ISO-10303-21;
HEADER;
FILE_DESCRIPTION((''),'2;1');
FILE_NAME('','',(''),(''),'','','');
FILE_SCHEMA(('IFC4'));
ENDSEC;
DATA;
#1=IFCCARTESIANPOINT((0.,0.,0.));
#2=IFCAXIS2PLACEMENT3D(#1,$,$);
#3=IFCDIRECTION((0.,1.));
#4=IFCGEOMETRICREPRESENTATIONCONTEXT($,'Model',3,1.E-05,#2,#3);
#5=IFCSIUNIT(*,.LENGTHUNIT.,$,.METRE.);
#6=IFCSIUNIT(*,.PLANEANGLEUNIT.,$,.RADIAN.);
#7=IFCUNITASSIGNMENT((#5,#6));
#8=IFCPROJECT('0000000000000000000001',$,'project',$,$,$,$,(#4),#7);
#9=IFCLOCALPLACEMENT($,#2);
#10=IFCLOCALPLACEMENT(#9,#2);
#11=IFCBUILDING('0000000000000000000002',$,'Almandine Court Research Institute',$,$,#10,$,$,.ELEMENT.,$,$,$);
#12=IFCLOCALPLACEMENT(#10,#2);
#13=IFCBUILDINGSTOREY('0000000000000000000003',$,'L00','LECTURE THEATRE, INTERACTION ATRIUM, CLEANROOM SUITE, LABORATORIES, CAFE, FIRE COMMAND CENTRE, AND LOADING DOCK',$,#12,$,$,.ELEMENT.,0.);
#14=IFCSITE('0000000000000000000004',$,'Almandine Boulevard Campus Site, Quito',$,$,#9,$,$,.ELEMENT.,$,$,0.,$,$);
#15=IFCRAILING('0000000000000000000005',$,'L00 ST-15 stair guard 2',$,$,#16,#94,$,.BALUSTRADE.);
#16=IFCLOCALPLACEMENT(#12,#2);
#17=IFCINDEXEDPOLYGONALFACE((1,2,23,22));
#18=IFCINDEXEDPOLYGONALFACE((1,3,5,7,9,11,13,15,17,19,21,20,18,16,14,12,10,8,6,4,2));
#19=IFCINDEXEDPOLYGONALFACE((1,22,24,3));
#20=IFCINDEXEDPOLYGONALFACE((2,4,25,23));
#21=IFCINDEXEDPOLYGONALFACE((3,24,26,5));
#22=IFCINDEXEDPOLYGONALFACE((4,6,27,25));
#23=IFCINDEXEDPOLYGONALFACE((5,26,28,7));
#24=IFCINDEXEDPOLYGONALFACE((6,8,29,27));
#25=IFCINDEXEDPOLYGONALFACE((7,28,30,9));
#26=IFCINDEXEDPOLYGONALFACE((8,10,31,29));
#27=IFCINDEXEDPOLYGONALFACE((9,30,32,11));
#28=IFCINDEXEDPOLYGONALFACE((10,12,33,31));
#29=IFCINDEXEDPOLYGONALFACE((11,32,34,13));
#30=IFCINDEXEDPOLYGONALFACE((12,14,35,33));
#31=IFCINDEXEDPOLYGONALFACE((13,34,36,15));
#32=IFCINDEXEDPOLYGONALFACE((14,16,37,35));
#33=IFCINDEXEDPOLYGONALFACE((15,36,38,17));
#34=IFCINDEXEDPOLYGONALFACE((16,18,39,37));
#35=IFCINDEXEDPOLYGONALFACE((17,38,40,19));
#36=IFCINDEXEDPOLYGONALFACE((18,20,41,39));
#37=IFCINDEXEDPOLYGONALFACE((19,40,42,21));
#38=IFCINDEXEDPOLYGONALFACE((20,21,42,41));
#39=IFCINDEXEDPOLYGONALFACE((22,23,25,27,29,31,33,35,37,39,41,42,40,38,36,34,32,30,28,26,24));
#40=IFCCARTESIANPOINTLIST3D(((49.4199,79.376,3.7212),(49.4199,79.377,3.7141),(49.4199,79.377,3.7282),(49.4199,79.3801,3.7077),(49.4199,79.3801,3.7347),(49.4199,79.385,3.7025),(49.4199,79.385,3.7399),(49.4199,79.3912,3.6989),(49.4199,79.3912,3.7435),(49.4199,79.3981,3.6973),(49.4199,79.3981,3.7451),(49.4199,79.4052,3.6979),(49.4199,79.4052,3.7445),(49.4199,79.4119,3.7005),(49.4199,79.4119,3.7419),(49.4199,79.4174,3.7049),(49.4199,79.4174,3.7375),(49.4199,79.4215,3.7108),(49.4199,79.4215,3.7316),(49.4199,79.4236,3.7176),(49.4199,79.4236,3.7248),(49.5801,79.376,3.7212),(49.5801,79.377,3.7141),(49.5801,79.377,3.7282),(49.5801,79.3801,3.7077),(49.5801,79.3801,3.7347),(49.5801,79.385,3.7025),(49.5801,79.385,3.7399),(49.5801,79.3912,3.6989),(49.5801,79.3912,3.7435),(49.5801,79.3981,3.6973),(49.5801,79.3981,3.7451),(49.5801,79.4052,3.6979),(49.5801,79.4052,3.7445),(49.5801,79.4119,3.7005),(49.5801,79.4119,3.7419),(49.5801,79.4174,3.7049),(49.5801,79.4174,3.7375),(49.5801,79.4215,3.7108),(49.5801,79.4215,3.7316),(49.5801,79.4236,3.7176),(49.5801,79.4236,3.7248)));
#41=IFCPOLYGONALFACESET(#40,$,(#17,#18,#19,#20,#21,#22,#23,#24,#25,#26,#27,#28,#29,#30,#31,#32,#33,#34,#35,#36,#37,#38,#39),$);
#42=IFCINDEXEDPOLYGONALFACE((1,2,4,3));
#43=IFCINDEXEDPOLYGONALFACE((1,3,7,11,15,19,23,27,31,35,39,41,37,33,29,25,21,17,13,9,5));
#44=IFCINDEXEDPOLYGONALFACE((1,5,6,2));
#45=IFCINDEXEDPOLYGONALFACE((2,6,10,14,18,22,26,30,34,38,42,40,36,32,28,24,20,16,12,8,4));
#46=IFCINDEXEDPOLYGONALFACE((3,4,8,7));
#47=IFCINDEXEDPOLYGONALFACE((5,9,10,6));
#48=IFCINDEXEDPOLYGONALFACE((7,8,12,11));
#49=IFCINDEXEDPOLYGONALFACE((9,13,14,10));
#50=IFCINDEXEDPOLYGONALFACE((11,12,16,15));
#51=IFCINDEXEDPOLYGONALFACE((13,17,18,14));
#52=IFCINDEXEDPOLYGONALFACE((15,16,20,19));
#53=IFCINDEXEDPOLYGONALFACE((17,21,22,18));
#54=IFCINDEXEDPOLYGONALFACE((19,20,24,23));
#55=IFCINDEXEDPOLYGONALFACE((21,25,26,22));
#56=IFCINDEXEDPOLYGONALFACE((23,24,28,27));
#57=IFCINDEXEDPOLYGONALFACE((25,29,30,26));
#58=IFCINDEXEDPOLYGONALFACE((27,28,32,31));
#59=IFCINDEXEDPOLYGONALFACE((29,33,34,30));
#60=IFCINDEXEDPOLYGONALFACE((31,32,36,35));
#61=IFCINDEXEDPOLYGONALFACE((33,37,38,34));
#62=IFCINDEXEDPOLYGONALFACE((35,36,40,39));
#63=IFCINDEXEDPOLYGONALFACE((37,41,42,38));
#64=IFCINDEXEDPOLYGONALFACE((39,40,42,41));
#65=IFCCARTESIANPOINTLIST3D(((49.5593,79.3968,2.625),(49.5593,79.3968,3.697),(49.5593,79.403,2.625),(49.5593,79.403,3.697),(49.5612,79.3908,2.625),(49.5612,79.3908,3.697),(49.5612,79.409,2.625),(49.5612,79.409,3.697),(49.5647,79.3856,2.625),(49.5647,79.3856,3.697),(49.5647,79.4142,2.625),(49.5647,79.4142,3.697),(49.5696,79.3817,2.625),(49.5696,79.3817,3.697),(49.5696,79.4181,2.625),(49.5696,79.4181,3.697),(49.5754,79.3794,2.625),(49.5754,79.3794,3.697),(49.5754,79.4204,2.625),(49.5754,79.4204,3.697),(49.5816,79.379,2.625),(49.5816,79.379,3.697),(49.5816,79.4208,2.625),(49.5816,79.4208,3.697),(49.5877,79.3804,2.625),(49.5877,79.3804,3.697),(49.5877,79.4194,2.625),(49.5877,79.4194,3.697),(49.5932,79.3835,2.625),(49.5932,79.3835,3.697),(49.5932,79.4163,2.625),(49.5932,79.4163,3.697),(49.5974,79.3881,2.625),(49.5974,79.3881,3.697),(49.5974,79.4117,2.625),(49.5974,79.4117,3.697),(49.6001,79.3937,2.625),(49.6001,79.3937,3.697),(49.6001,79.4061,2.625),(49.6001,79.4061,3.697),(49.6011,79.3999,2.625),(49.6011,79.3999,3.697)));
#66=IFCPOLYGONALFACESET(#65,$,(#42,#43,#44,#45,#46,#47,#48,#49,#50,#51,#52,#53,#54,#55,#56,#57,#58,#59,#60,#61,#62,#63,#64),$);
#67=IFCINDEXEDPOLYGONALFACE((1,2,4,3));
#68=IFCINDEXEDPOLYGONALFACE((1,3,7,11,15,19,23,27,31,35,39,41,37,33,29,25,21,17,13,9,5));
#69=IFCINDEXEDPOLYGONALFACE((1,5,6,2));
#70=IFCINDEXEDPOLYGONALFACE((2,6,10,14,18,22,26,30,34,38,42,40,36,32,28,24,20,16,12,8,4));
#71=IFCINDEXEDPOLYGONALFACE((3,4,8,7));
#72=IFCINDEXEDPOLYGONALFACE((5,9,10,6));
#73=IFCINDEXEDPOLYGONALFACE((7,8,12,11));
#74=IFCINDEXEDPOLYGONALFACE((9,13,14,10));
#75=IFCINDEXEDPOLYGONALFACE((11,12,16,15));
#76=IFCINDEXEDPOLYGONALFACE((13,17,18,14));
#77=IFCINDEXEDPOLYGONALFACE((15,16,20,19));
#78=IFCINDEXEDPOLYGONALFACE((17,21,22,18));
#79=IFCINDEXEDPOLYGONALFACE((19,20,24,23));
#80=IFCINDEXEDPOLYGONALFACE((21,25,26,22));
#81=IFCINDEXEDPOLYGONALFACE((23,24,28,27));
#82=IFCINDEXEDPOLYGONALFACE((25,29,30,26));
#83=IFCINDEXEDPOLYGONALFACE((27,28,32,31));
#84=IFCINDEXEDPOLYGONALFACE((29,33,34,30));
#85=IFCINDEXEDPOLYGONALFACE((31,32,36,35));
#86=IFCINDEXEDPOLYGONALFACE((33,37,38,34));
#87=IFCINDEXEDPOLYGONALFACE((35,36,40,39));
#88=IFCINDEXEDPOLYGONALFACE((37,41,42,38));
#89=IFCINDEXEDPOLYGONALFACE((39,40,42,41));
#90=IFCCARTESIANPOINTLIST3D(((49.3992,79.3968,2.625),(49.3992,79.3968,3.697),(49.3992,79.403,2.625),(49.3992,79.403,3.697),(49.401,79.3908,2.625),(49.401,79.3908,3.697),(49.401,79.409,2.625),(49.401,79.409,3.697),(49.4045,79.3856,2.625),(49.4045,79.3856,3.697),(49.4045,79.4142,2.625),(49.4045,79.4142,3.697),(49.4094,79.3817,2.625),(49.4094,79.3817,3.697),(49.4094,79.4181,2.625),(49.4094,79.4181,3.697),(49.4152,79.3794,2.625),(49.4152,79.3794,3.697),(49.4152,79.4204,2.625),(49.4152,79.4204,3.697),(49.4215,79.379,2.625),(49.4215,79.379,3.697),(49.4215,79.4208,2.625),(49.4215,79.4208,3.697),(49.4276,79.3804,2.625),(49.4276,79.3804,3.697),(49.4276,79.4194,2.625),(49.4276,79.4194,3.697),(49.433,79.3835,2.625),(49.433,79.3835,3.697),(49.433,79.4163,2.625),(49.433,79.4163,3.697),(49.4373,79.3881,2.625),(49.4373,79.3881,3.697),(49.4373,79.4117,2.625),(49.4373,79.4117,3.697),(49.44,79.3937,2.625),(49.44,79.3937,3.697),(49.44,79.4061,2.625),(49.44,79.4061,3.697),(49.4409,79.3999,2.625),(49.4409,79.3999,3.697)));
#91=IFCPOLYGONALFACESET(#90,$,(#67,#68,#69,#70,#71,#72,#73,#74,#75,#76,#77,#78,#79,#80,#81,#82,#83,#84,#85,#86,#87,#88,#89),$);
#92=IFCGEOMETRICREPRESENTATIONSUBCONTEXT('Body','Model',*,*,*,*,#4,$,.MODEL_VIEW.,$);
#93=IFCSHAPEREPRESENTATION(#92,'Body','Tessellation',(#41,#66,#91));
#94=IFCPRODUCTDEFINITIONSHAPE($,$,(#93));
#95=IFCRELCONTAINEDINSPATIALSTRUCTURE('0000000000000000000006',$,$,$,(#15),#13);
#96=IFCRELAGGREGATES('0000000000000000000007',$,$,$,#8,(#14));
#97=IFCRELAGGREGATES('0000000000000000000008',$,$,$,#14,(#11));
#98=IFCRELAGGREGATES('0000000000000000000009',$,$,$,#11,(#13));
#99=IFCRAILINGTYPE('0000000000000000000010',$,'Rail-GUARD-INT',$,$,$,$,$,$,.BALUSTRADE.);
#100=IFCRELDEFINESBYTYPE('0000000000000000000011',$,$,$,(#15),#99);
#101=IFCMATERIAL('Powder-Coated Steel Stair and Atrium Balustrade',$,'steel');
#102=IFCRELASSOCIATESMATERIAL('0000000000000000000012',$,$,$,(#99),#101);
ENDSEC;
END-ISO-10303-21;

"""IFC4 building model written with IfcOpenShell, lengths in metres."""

from ifc_helpers import new_model, si_unit, direction, frame, origin, origin_2d, place, context, subcontext, project, spatial, circle, extrude, material, type_object, element, save


model = new_model("IFC4")

# Units and contexts
model_context = context("Model", 3, precision=1e-05, world=origin(), true_north=direction((0.0, 1.0)))
body_context = subcontext(model_context, "Body", "Model", "MODEL_VIEW")
ifc_project = project(units=[si_unit("LENGTHUNIT", "METRE"), si_unit("PLANEANGLEUNIT", "RADIAN")], contexts=[model_context])

# Site, building, storey
site_placement = place(None, origin())
site = spatial("IfcSite", under=ifc_project, at=site_placement, Name="Almandine Boulevard Campus Site, Quito", CompositionType="ELEMENT", RefElevation=0.0)
building_placement = place(site_placement, origin())
building = spatial("IfcBuilding", under=site, at=building_placement, Name="Almandine Court Research Institute", CompositionType="ELEMENT")
storey_placement = place(building_placement, origin())
storey = spatial("IfcBuildingStorey", under=building, at=storey_placement, Name="L00", Description="LECTURE THEATRE, INTERACTION ATRIUM, CLEANROOM SUITE, LABORATORIES, CAFE, FIRE COMMAND CENTRE, AND LOADING DOCK", CompositionType="ELEMENT", Elevation=0.0)

# Railing
ifc_material_1 = material(Name="Powder-Coated Steel Stair and Atrium Balustrade", Category="steel")
railing_type_1 = type_object("IfcRailingType", Name="Rail-GUARD-INT", PredefinedType="BALUSTRADE", material=ifc_material_1)
railing_1_placement = place(storey_placement, frame((49.5801, 79.3999, 2.625)))
element("IfcRailing", 1, at=railing_1_placement, inside=storey, type_object=railing_type_1, Name="L00 ST-15 stair guard 2", PredefinedType="BALUSTRADE", context=body_context, shape_type="SweptSolid", body=[
    extrude(circle(Radius=0.0239, at=origin_2d()), frame((0.0, 0.0, 1.0962), z_axis=(-1.0, 0.0, 0.0), x_axis=(0.0, -1.0, 0.0)), (0.0, 0.0, 1.0), 0.1602),
    extrude(circle(Radius=0.021, at=origin_2d()), origin(), (0.0, 0.0, 1.0), 1.072),
    extrude(circle(Radius=0.021, at=origin_2d()), frame((-0.1602, 0.0, 0.0)), (0.0, 0.0, 1.0), 1.072),
])

save(model, "model.ifc")
